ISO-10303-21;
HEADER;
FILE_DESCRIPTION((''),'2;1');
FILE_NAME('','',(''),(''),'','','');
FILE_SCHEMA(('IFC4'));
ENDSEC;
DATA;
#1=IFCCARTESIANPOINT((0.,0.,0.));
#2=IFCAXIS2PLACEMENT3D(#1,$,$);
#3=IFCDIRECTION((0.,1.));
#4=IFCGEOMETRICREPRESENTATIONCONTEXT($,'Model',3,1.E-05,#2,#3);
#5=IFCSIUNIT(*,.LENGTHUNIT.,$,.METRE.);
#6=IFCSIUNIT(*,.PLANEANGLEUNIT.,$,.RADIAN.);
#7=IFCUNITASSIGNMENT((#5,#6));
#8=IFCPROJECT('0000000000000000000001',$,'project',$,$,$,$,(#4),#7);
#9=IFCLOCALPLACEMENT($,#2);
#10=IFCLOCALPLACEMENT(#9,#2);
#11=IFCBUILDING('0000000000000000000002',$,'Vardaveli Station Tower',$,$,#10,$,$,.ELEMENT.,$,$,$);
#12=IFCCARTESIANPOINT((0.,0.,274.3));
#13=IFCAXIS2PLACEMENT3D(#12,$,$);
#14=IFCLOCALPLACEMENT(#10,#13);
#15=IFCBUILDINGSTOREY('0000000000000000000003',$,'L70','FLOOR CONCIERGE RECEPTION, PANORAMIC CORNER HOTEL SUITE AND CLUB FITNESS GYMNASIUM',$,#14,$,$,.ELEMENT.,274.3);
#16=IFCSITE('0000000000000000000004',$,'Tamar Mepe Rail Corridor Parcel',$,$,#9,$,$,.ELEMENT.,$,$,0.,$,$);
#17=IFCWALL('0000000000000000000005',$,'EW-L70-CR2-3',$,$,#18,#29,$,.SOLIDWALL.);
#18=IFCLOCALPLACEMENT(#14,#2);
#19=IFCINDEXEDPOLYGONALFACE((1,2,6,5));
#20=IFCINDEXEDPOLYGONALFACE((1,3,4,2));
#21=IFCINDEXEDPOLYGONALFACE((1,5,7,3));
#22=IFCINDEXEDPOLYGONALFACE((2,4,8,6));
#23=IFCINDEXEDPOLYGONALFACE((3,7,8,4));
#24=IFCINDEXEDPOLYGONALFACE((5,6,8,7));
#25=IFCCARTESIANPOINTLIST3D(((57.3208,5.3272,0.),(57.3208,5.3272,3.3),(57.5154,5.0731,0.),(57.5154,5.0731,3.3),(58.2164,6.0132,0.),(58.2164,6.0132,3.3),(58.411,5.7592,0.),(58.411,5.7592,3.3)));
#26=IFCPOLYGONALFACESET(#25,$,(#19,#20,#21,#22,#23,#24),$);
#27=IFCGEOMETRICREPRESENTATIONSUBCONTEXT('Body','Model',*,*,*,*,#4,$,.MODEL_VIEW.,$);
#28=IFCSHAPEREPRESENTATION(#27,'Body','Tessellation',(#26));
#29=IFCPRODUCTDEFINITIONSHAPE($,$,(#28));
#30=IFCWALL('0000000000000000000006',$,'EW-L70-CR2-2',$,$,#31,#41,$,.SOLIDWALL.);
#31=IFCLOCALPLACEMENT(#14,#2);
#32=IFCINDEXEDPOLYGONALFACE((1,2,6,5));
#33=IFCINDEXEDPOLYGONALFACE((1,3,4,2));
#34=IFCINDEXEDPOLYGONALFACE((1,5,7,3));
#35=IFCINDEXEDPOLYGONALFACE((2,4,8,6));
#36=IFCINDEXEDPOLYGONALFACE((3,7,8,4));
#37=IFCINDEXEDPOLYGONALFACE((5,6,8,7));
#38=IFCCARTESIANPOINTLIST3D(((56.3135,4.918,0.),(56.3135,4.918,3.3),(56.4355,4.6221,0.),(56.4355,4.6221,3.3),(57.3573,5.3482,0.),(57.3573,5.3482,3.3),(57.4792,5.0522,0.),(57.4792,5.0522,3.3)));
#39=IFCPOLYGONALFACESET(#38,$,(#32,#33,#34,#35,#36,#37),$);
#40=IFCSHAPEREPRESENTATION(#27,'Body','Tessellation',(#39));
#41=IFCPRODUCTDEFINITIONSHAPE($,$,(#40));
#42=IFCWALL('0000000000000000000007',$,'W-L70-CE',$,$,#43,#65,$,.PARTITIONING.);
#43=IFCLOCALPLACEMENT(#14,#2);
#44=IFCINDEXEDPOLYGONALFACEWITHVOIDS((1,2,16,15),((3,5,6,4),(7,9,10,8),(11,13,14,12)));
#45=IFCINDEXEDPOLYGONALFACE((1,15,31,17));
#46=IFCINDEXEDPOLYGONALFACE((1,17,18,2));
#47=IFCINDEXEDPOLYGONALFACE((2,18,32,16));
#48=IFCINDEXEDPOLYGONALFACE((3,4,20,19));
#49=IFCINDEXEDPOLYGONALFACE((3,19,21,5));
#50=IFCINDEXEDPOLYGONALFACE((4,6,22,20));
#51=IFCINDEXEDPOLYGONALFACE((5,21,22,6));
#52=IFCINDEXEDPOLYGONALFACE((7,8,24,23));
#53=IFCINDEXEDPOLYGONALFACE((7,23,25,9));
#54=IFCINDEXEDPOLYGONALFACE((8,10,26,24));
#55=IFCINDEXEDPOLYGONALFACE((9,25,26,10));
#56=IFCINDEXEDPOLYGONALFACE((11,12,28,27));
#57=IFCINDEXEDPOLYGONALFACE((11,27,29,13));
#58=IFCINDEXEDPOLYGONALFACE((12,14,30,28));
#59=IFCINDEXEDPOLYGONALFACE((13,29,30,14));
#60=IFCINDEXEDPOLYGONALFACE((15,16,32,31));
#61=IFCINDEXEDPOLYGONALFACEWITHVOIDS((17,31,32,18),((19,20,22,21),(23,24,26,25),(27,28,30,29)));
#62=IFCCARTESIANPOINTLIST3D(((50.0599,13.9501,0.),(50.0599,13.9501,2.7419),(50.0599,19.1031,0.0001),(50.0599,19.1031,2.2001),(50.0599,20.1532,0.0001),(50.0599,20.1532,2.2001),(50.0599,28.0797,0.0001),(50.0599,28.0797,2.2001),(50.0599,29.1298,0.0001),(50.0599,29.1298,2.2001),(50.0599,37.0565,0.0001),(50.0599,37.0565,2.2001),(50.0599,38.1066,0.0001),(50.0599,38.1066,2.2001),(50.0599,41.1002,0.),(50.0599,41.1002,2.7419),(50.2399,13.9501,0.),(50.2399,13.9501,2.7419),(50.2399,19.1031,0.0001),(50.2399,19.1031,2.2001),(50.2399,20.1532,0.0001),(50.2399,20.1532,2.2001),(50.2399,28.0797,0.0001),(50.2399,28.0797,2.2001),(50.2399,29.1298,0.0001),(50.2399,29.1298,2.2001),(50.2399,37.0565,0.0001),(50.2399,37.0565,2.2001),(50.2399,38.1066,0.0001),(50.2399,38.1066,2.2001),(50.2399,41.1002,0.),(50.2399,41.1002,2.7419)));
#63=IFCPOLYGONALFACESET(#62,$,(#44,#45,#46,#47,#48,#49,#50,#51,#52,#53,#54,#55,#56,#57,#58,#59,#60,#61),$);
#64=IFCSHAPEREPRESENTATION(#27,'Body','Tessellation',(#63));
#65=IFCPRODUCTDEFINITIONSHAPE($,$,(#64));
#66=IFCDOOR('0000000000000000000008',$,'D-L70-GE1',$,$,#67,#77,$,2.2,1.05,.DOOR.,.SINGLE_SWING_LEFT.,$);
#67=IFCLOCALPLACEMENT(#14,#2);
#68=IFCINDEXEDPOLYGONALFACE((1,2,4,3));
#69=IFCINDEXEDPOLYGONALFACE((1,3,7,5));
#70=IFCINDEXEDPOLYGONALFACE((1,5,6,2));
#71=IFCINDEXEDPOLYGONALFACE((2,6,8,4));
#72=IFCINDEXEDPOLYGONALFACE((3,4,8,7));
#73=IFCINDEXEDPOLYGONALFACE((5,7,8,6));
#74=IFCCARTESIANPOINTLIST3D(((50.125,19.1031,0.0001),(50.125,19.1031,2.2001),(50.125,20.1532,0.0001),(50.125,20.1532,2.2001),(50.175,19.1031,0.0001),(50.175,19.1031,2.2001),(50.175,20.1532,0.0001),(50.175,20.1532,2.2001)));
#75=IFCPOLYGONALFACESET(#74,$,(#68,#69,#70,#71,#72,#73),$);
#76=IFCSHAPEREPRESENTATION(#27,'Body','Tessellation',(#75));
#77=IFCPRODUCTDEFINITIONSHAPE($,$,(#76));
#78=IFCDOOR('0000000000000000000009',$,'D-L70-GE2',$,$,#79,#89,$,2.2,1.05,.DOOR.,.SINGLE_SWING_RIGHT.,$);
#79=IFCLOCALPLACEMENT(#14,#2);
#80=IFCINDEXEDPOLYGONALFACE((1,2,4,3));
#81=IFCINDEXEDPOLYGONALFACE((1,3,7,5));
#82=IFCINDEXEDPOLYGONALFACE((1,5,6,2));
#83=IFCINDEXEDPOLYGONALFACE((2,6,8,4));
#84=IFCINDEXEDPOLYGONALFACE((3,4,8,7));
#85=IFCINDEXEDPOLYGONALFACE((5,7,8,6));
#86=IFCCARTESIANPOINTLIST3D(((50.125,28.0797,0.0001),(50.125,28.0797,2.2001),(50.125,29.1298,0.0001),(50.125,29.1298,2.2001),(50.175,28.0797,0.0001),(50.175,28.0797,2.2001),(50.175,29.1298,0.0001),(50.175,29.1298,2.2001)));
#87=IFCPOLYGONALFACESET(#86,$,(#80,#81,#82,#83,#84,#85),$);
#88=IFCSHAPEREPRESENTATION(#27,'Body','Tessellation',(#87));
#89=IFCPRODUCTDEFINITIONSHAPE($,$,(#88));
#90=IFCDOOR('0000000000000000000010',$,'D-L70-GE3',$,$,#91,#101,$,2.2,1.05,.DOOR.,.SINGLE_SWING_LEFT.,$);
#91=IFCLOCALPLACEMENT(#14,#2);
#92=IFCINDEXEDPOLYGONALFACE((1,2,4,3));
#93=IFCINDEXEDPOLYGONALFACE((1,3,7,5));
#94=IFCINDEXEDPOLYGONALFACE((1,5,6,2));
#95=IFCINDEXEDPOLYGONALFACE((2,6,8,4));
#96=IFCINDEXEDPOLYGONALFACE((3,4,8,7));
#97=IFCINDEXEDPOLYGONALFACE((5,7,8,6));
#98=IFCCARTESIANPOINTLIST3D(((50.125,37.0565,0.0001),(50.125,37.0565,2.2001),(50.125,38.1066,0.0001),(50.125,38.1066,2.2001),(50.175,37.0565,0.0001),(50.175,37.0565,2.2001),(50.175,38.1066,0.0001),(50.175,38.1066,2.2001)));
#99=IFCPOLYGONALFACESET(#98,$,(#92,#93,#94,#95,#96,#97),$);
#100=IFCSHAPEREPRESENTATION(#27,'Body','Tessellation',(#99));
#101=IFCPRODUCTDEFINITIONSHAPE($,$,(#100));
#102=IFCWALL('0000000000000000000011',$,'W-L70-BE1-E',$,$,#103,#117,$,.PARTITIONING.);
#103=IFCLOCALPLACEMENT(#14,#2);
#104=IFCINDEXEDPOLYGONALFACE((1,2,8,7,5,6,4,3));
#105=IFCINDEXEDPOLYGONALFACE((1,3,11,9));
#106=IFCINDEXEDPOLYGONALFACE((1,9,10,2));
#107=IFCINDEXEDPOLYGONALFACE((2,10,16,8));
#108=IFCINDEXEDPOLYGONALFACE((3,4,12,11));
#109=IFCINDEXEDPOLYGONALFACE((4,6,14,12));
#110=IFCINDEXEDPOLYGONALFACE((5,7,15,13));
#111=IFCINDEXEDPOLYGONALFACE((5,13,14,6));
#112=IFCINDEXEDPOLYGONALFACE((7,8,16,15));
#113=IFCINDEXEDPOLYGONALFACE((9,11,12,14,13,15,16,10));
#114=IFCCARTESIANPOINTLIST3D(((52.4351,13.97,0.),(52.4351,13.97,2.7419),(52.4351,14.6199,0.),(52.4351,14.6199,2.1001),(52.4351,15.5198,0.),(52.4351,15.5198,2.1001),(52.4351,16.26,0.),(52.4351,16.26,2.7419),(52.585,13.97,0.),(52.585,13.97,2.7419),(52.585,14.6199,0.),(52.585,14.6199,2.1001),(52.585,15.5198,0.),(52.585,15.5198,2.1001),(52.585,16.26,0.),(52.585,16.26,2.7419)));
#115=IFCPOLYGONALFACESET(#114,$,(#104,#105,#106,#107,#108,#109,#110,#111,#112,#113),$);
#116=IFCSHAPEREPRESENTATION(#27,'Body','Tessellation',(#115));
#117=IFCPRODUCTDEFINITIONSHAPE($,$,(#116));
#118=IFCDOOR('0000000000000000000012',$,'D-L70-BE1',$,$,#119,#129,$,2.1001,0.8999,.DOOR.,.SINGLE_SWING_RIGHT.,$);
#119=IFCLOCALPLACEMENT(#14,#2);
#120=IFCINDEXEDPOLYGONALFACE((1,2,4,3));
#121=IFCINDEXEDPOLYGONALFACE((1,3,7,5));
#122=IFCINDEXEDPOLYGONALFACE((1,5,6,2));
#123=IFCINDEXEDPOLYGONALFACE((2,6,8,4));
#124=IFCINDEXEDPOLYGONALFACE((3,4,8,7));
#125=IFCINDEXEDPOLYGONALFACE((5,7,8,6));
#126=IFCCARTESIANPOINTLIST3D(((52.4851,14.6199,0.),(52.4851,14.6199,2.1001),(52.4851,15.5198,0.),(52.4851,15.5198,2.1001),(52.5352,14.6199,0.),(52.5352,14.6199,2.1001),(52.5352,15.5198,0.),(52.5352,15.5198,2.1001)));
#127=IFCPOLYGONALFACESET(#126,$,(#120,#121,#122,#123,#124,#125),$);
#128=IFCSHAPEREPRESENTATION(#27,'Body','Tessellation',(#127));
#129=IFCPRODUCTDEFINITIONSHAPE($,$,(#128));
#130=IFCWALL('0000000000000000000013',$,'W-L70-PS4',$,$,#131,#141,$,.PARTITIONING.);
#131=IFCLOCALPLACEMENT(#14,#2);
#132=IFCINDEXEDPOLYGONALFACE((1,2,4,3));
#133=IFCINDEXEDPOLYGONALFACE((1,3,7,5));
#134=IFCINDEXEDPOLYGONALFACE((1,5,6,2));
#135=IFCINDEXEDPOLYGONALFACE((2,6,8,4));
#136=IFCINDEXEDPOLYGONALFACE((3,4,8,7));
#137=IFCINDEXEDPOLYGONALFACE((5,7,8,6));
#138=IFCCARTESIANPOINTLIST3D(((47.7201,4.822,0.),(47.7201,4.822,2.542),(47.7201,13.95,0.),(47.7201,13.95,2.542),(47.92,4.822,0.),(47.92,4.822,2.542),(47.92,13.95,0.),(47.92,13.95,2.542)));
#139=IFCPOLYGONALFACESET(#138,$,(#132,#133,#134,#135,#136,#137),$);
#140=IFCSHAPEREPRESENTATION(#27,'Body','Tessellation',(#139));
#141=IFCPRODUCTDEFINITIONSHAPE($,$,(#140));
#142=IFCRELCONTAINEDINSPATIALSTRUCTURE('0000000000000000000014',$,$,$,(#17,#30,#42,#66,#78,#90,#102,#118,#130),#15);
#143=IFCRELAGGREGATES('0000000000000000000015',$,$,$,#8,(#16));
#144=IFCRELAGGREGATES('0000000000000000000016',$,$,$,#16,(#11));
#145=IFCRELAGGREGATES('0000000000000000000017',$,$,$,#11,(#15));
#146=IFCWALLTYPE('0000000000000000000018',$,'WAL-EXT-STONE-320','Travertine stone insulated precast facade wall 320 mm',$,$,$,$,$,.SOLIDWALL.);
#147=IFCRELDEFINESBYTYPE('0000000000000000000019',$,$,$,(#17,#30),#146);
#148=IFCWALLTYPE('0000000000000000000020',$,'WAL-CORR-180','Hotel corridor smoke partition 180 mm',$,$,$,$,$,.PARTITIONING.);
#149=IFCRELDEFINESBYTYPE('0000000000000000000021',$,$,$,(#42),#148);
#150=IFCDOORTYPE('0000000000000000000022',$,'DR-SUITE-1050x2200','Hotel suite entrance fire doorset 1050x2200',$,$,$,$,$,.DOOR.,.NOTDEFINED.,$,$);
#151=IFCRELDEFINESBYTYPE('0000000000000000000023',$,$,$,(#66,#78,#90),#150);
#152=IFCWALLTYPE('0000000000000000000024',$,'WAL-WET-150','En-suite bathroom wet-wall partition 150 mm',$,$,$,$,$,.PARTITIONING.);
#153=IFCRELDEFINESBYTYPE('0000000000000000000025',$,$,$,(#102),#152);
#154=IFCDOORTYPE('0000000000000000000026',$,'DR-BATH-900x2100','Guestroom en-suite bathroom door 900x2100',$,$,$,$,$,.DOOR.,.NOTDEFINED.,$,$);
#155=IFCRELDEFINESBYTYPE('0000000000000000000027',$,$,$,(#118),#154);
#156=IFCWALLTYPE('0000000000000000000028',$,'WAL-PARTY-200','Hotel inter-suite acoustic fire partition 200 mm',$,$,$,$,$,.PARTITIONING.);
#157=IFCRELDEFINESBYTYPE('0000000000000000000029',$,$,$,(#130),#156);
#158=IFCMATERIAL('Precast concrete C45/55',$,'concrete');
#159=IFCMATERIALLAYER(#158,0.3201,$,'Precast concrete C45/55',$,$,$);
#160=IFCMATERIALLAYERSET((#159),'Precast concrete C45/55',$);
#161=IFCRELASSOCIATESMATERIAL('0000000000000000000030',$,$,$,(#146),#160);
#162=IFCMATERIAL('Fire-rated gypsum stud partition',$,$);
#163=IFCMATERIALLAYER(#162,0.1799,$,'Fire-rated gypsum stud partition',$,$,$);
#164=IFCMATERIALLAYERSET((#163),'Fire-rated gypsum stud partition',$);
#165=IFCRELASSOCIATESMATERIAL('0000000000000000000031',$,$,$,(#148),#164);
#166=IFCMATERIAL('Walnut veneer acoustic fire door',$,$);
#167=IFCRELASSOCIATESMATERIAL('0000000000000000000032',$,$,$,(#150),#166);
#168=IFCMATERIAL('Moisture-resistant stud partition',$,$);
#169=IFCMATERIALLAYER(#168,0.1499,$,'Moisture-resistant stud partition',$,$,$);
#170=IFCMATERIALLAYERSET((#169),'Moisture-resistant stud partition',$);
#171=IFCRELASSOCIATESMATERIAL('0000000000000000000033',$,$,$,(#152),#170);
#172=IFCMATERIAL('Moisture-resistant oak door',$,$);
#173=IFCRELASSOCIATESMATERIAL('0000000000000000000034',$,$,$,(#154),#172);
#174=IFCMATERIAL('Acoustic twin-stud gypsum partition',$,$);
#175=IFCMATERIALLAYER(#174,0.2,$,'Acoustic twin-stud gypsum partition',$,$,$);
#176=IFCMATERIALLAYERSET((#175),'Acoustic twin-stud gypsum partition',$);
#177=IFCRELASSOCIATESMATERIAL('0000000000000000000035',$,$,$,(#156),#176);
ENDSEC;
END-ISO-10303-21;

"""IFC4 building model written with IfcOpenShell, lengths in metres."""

from ifc_helpers import new_model, si_unit, direction, frame, frame_2d, origin, place, context, subcontext, project, spatial, rectangle, extrude, source, transform, mapped, material, layer, layer_set, type_object, element, fill, save


model = new_model("IFC4")

# Units and contexts
model_context = context("Model", 3, precision=1e-05, world=origin(), true_north=direction((0.0, 1.0)))
body_context = subcontext(model_context, "Body", "Model", "MODEL_VIEW")
ifc_project = project(units=[si_unit("LENGTHUNIT", "METRE"), si_unit("PLANEANGLEUNIT", "RADIAN")], contexts=[model_context])

# Site, building, storey
site_placement = place(None, origin())
site = spatial("IfcSite", under=ifc_project, at=site_placement, Name="Tamar Mepe Rail Corridor Parcel", CompositionType="ELEMENT", RefElevation=0.0)
building_placement = place(site_placement, origin())
building = spatial("IfcBuilding", under=site, at=building_placement, Name="Vardaveli Station Tower", CompositionType="ELEMENT")
storey_placement = place(building_placement, frame((0.0, 0.0, 274.3)))
storey = spatial("IfcBuildingStorey", under=building, at=storey_placement, Name="L70", Description="FLOOR CONCIERGE RECEPTION, PANORAMIC CORNER HOTEL SUITE AND CLUB FITNESS GYMNASIUM", CompositionType="ELEMENT", Elevation=274.3)

# Shared definitions
ifc_material_1 = material(Name="Precast concrete C45/55", Category="concrete")

# Shared definitions
ifc_layer_1 = layer(ifc_material_1, 0.3201, Name="Precast concrete C45/55")
ifc_layer_set_1 = layer_set([ifc_layer_1], Name="Precast concrete C45/55")
wall_type_1 = type_object("IfcWallType", Name="WAL-EXT-STONE-320", Description="Travertine stone insulated precast facade wall 320 mm", PredefinedType="SOLIDWALL", material=ifc_layer_set_1)

# Walls
shared_shape_1 = source(origin(), body_context, "Body", "SweptSolid", [
    extrude(rectangle(XDim=1.1282, YDim=0.3201, at=frame_2d((0.564, 0.0))), origin(), (0.0, 0.0, 1.0), 3.3),
])
wall_1_placement = place(storey_placement, frame((57.4182, 5.2002, 0.0), z_axis=(0.0, 0.0, 1.0), x_axis=(0.793829, 0.608141, 0.0)))
element("IfcWall", 1, at=wall_1_placement, inside=storey, type_object=wall_type_1, Name="EW-L70-CR2-3", PredefinedType="SOLIDWALL", context=body_context, shape_type="MappedRepresentation", body=[
    mapped(shared_shape_1, transform((0.0, 0.0, 0.0), scale=1.0)),
])
shared_shape_2 = source(origin(), body_context, "Body", "SweptSolid", [
    extrude(rectangle(XDim=1.1289, YDim=0.3201, at=frame_2d((0.5645, 0.0))), origin(), (0.0, 0.0, 1.0), 3.3),
])
wall_2_placement = place(storey_placement, frame((56.3745, 4.77, 0.0), z_axis=(0.0, 0.0, 1.0), x_axis=(0.924548, 0.381065, 0.0)))
element("IfcWall", 2, at=wall_2_placement, inside=storey, type_object=wall_type_1, Name="EW-L70-CR2-2", PredefinedType="SOLIDWALL", context=body_context, shape_type="MappedRepresentation", body=[
    mapped(shared_shape_2, transform((0.0, 0.0, 0.0), scale=1.0)),
])

# Wall, openings, doors
ifc_material_2 = material(Name="Fire-rated gypsum stud partition")
ifc_layer_2 = layer(ifc_material_2, 0.1799, Name="Fire-rated gypsum stud partition")
ifc_layer_set_2 = layer_set([ifc_layer_2], Name="Fire-rated gypsum stud partition")
wall_type_2 = type_object("IfcWallType", Name="WAL-CORR-180", Description="Hotel corridor smoke partition 180 mm", PredefinedType="PARTITIONING", material=ifc_layer_set_2)
shared_shape_3 = source(origin(), body_context, "Body", "SweptSolid", [
    extrude(rectangle(XDim=27.1501, YDim=0.1799, at=frame_2d((13.5752, 0.0))), origin(), (0.0, 0.0, 1.0), 2.7419),
])
wall_3_placement = place(storey_placement, frame((50.1499, 13.95, 0.0), z_axis=(0.0, 0.0, 1.0), x_axis=(0.0, 1.0, 0.0)))
wall_3 = element("IfcWall", 3, at=wall_3_placement, inside=storey, type_object=wall_type_2, Name="W-L70-CE", PredefinedType="PARTITIONING", context=body_context, shape_type="MappedRepresentation", body=[
    mapped(shared_shape_3, transform((0.0, 0.0, 0.0), scale=1.0)),
])
shared_shape_4 = source(origin(), body_context, "Body", "SweptSolid", [
    extrude(rectangle(XDim=1.05, YDim=2.2, at=frame_2d((0.5249, 1.1001))), frame((0.0, 0.1001, 0.0), z_axis=(0.0, -1.0, 0.0), x_axis=(1.0, 0.0, 0.0)), (0.0, 0.0, 1.0), 0.2),
])
opening_1_placement = place(wall_3_placement, frame((5.1533, 0.0, 0.0)))
opening_1 = element("IfcOpeningElement", 4, at=opening_1_placement, cuts=wall_3, PredefinedType="OPENING", context=body_context, shape_type="MappedRepresentation", body=[
    mapped(shared_shape_4, transform((0.0, 0.0, 0.0), scale=1.0)),
])
opening_2_placement = place(wall_3_placement, frame((14.1299, 0.0, 0.0)))
opening_2 = element("IfcOpeningElement", 5, at=opening_2_placement, cuts=wall_3, PredefinedType="OPENING", context=body_context, shape_type="MappedRepresentation", body=[
    mapped(shared_shape_4, transform((0.0, 0.0, 0.0), scale=1.0)),
])
opening_3_placement = place(wall_3_placement, frame((23.1067, 0.0, 0.0)))
opening_3 = element("IfcOpeningElement", 6, at=opening_3_placement, cuts=wall_3, PredefinedType="OPENING", context=body_context, shape_type="MappedRepresentation", body=[
    mapped(shared_shape_4, transform((0.0, 0.0, 0.0), scale=1.0)),
])
ifc_material_3 = material(Name="Walnut veneer acoustic fire door")
door_type_1 = type_object("IfcDoorType", Name="DR-SUITE-1050x2200", Description="Hotel suite entrance fire doorset 1050x2200", OperationType="NOTDEFINED", PredefinedType="DOOR", material=ifc_material_3)
shared_shape_5 = source(origin(), body_context, "Body", "SweptSolid", [
    extrude(rectangle(XDim=1.05, YDim=2.2, at=frame_2d((0.5249, 1.1001))), frame((0.0, 0.0249, 0.0), z_axis=(0.0, -1.0, 0.0), x_axis=(1.0, 0.0, 0.0)), (0.0, 0.0, 1.0), 0.05),
])
door_1_placement = place(opening_1_placement, origin())
door_1 = element("IfcDoor", 7, at=door_1_placement, inside=storey, type_object=door_type_1, Name="D-L70-GE1", OperationType="SINGLE_SWING_LEFT", OverallHeight=2.2, OverallWidth=1.05, PredefinedType="DOOR", context=body_context, shape_type="MappedRepresentation", body=[
    mapped(shared_shape_5, transform((0.0, 0.0, 0.0), scale=1.0)),
])
fill(opening_1, door_1)
door_2_placement = place(opening_2_placement, origin())
door_2 = element("IfcDoor", 8, at=door_2_placement, inside=storey, type_object=door_type_1, Name="D-L70-GE2", OperationType="SINGLE_SWING_RIGHT", OverallHeight=2.2, OverallWidth=1.05, PredefinedType="DOOR", context=body_context, shape_type="MappedRepresentation", body=[
    mapped(shared_shape_5, transform((0.0, 0.0, 0.0), scale=1.0)),
])
fill(opening_2, door_2)
door_3_placement = place(opening_3_placement, origin())
door_3 = element("IfcDoor", 9, at=door_3_placement, inside=storey, type_object=door_type_1, Name="D-L70-GE3", OperationType="SINGLE_SWING_LEFT", OverallHeight=2.2, OverallWidth=1.05, PredefinedType="DOOR", context=body_context, shape_type="MappedRepresentation", body=[
    mapped(shared_shape_5, transform((0.0, 0.0, 0.0), scale=1.0)),
])
fill(opening_3, door_3)

# Wall, opening, door
ifc_material_4 = material(Name="Moisture-resistant stud partition")
ifc_layer_3 = layer(ifc_material_4, 0.1499, Name="Moisture-resistant stud partition")
ifc_layer_set_3 = layer_set([ifc_layer_3], Name="Moisture-resistant stud partition")
wall_type_3 = type_object("IfcWallType", Name="WAL-WET-150", Description="En-suite bathroom wet-wall partition 150 mm", PredefinedType="PARTITIONING", material=ifc_layer_set_3)
shared_shape_6 = source(origin(), body_context, "Body", "SweptSolid", [
    extrude(rectangle(XDim=2.29, YDim=0.1499, at=frame_2d((1.145, 0.0))), origin(), (0.0, 0.0, 1.0), 2.7419),
])
wall_4_placement = place(storey_placement, frame((52.51, 13.97, 0.0), z_axis=(0.0, 0.0, 1.0), x_axis=(0.0, 1.0, 0.0)))
wall_4 = element("IfcWall", 10, at=wall_4_placement, inside=storey, type_object=wall_type_3, Name="W-L70-BE1-E", PredefinedType="PARTITIONING", context=body_context, shape_type="MappedRepresentation", body=[
    mapped(shared_shape_6, transform((0.0, 0.0, 0.0), scale=1.0)),
])
shared_shape_7 = source(origin(), body_context, "Body", "SweptSolid", [
    extrude(rectangle(XDim=0.8999, YDim=2.1001, at=frame_2d((0.45, 1.05))), frame((0.0, 0.085, 0.0), z_axis=(0.0, -1.0, 0.0), x_axis=(1.0, 0.0, 0.0)), (0.0, 0.0, 1.0), 0.1699),
])
opening_4_placement = place(wall_4_placement, frame((0.6499, 0.0, 0.0)))
opening_4 = element("IfcOpeningElement", 11, at=opening_4_placement, cuts=wall_4, PredefinedType="OPENING", context=body_context, shape_type="MappedRepresentation", body=[
    mapped(shared_shape_7, transform((0.0, 0.0, 0.0), scale=1.0)),
])
ifc_material_5 = material(Name="Moisture-resistant oak door")
door_type_2 = type_object("IfcDoorType", Name="DR-BATH-900x2100", Description="Guestroom en-suite bathroom door 900x2100", OperationType="NOTDEFINED", PredefinedType="DOOR", material=ifc_material_5)
shared_shape_8 = source(origin(), body_context, "Body", "SweptSolid", [
    extrude(rectangle(XDim=0.8999, YDim=2.1001, at=frame_2d((0.45, 1.05))), frame((0.0, 0.0249, 0.0), z_axis=(0.0, -1.0, 0.0), x_axis=(1.0, 0.0, 0.0)), (0.0, 0.0, 1.0), 0.05),
])
door_4_placement = place(opening_4_placement, origin())
door_4 = element("IfcDoor", 12, at=door_4_placement, inside=storey, type_object=door_type_2, Name="D-L70-BE1", OperationType="SINGLE_SWING_RIGHT", OverallHeight=2.1001, OverallWidth=0.8999, PredefinedType="DOOR", context=body_context, shape_type="MappedRepresentation", body=[
    mapped(shared_shape_8, transform((0.0, 0.0, 0.0), scale=1.0)),
])
fill(opening_4, door_4)

# Wall
ifc_material_6 = material(Name="Acoustic twin-stud gypsum partition")
ifc_layer_4 = layer(ifc_material_6, 0.2, Name="Acoustic twin-stud gypsum partition")
ifc_layer_set_4 = layer_set([ifc_layer_4], Name="Acoustic twin-stud gypsum partition")
wall_type_4 = type_object("IfcWallType", Name="WAL-PARTY-200", Description="Hotel inter-suite acoustic fire partition 200 mm", PredefinedType="PARTITIONING", material=ifc_layer_set_4)
shared_shape_9 = source(origin(), body_context, "Body", "SweptSolid", [
    extrude(rectangle(XDim=9.1279, YDim=0.2, at=frame_2d((4.564, 0.0))), origin(), (0.0, 0.0, 1.0), 2.542),
])
wall_5_placement = place(storey_placement, frame((47.8201, 4.822, 0.0), z_axis=(0.0, 0.0, 1.0), x_axis=(0.0, 1.0, 0.0)))
element("IfcWall", 13, at=wall_5_placement, inside=storey, type_object=wall_type_4, Name="W-L70-PS4", PredefinedType="PARTITIONING", context=body_context, shape_type="MappedRepresentation", body=[
    mapped(shared_shape_9, transform((0.0, 0.0, 0.0), scale=1.0)),
])

save(model, "model.ifc")
